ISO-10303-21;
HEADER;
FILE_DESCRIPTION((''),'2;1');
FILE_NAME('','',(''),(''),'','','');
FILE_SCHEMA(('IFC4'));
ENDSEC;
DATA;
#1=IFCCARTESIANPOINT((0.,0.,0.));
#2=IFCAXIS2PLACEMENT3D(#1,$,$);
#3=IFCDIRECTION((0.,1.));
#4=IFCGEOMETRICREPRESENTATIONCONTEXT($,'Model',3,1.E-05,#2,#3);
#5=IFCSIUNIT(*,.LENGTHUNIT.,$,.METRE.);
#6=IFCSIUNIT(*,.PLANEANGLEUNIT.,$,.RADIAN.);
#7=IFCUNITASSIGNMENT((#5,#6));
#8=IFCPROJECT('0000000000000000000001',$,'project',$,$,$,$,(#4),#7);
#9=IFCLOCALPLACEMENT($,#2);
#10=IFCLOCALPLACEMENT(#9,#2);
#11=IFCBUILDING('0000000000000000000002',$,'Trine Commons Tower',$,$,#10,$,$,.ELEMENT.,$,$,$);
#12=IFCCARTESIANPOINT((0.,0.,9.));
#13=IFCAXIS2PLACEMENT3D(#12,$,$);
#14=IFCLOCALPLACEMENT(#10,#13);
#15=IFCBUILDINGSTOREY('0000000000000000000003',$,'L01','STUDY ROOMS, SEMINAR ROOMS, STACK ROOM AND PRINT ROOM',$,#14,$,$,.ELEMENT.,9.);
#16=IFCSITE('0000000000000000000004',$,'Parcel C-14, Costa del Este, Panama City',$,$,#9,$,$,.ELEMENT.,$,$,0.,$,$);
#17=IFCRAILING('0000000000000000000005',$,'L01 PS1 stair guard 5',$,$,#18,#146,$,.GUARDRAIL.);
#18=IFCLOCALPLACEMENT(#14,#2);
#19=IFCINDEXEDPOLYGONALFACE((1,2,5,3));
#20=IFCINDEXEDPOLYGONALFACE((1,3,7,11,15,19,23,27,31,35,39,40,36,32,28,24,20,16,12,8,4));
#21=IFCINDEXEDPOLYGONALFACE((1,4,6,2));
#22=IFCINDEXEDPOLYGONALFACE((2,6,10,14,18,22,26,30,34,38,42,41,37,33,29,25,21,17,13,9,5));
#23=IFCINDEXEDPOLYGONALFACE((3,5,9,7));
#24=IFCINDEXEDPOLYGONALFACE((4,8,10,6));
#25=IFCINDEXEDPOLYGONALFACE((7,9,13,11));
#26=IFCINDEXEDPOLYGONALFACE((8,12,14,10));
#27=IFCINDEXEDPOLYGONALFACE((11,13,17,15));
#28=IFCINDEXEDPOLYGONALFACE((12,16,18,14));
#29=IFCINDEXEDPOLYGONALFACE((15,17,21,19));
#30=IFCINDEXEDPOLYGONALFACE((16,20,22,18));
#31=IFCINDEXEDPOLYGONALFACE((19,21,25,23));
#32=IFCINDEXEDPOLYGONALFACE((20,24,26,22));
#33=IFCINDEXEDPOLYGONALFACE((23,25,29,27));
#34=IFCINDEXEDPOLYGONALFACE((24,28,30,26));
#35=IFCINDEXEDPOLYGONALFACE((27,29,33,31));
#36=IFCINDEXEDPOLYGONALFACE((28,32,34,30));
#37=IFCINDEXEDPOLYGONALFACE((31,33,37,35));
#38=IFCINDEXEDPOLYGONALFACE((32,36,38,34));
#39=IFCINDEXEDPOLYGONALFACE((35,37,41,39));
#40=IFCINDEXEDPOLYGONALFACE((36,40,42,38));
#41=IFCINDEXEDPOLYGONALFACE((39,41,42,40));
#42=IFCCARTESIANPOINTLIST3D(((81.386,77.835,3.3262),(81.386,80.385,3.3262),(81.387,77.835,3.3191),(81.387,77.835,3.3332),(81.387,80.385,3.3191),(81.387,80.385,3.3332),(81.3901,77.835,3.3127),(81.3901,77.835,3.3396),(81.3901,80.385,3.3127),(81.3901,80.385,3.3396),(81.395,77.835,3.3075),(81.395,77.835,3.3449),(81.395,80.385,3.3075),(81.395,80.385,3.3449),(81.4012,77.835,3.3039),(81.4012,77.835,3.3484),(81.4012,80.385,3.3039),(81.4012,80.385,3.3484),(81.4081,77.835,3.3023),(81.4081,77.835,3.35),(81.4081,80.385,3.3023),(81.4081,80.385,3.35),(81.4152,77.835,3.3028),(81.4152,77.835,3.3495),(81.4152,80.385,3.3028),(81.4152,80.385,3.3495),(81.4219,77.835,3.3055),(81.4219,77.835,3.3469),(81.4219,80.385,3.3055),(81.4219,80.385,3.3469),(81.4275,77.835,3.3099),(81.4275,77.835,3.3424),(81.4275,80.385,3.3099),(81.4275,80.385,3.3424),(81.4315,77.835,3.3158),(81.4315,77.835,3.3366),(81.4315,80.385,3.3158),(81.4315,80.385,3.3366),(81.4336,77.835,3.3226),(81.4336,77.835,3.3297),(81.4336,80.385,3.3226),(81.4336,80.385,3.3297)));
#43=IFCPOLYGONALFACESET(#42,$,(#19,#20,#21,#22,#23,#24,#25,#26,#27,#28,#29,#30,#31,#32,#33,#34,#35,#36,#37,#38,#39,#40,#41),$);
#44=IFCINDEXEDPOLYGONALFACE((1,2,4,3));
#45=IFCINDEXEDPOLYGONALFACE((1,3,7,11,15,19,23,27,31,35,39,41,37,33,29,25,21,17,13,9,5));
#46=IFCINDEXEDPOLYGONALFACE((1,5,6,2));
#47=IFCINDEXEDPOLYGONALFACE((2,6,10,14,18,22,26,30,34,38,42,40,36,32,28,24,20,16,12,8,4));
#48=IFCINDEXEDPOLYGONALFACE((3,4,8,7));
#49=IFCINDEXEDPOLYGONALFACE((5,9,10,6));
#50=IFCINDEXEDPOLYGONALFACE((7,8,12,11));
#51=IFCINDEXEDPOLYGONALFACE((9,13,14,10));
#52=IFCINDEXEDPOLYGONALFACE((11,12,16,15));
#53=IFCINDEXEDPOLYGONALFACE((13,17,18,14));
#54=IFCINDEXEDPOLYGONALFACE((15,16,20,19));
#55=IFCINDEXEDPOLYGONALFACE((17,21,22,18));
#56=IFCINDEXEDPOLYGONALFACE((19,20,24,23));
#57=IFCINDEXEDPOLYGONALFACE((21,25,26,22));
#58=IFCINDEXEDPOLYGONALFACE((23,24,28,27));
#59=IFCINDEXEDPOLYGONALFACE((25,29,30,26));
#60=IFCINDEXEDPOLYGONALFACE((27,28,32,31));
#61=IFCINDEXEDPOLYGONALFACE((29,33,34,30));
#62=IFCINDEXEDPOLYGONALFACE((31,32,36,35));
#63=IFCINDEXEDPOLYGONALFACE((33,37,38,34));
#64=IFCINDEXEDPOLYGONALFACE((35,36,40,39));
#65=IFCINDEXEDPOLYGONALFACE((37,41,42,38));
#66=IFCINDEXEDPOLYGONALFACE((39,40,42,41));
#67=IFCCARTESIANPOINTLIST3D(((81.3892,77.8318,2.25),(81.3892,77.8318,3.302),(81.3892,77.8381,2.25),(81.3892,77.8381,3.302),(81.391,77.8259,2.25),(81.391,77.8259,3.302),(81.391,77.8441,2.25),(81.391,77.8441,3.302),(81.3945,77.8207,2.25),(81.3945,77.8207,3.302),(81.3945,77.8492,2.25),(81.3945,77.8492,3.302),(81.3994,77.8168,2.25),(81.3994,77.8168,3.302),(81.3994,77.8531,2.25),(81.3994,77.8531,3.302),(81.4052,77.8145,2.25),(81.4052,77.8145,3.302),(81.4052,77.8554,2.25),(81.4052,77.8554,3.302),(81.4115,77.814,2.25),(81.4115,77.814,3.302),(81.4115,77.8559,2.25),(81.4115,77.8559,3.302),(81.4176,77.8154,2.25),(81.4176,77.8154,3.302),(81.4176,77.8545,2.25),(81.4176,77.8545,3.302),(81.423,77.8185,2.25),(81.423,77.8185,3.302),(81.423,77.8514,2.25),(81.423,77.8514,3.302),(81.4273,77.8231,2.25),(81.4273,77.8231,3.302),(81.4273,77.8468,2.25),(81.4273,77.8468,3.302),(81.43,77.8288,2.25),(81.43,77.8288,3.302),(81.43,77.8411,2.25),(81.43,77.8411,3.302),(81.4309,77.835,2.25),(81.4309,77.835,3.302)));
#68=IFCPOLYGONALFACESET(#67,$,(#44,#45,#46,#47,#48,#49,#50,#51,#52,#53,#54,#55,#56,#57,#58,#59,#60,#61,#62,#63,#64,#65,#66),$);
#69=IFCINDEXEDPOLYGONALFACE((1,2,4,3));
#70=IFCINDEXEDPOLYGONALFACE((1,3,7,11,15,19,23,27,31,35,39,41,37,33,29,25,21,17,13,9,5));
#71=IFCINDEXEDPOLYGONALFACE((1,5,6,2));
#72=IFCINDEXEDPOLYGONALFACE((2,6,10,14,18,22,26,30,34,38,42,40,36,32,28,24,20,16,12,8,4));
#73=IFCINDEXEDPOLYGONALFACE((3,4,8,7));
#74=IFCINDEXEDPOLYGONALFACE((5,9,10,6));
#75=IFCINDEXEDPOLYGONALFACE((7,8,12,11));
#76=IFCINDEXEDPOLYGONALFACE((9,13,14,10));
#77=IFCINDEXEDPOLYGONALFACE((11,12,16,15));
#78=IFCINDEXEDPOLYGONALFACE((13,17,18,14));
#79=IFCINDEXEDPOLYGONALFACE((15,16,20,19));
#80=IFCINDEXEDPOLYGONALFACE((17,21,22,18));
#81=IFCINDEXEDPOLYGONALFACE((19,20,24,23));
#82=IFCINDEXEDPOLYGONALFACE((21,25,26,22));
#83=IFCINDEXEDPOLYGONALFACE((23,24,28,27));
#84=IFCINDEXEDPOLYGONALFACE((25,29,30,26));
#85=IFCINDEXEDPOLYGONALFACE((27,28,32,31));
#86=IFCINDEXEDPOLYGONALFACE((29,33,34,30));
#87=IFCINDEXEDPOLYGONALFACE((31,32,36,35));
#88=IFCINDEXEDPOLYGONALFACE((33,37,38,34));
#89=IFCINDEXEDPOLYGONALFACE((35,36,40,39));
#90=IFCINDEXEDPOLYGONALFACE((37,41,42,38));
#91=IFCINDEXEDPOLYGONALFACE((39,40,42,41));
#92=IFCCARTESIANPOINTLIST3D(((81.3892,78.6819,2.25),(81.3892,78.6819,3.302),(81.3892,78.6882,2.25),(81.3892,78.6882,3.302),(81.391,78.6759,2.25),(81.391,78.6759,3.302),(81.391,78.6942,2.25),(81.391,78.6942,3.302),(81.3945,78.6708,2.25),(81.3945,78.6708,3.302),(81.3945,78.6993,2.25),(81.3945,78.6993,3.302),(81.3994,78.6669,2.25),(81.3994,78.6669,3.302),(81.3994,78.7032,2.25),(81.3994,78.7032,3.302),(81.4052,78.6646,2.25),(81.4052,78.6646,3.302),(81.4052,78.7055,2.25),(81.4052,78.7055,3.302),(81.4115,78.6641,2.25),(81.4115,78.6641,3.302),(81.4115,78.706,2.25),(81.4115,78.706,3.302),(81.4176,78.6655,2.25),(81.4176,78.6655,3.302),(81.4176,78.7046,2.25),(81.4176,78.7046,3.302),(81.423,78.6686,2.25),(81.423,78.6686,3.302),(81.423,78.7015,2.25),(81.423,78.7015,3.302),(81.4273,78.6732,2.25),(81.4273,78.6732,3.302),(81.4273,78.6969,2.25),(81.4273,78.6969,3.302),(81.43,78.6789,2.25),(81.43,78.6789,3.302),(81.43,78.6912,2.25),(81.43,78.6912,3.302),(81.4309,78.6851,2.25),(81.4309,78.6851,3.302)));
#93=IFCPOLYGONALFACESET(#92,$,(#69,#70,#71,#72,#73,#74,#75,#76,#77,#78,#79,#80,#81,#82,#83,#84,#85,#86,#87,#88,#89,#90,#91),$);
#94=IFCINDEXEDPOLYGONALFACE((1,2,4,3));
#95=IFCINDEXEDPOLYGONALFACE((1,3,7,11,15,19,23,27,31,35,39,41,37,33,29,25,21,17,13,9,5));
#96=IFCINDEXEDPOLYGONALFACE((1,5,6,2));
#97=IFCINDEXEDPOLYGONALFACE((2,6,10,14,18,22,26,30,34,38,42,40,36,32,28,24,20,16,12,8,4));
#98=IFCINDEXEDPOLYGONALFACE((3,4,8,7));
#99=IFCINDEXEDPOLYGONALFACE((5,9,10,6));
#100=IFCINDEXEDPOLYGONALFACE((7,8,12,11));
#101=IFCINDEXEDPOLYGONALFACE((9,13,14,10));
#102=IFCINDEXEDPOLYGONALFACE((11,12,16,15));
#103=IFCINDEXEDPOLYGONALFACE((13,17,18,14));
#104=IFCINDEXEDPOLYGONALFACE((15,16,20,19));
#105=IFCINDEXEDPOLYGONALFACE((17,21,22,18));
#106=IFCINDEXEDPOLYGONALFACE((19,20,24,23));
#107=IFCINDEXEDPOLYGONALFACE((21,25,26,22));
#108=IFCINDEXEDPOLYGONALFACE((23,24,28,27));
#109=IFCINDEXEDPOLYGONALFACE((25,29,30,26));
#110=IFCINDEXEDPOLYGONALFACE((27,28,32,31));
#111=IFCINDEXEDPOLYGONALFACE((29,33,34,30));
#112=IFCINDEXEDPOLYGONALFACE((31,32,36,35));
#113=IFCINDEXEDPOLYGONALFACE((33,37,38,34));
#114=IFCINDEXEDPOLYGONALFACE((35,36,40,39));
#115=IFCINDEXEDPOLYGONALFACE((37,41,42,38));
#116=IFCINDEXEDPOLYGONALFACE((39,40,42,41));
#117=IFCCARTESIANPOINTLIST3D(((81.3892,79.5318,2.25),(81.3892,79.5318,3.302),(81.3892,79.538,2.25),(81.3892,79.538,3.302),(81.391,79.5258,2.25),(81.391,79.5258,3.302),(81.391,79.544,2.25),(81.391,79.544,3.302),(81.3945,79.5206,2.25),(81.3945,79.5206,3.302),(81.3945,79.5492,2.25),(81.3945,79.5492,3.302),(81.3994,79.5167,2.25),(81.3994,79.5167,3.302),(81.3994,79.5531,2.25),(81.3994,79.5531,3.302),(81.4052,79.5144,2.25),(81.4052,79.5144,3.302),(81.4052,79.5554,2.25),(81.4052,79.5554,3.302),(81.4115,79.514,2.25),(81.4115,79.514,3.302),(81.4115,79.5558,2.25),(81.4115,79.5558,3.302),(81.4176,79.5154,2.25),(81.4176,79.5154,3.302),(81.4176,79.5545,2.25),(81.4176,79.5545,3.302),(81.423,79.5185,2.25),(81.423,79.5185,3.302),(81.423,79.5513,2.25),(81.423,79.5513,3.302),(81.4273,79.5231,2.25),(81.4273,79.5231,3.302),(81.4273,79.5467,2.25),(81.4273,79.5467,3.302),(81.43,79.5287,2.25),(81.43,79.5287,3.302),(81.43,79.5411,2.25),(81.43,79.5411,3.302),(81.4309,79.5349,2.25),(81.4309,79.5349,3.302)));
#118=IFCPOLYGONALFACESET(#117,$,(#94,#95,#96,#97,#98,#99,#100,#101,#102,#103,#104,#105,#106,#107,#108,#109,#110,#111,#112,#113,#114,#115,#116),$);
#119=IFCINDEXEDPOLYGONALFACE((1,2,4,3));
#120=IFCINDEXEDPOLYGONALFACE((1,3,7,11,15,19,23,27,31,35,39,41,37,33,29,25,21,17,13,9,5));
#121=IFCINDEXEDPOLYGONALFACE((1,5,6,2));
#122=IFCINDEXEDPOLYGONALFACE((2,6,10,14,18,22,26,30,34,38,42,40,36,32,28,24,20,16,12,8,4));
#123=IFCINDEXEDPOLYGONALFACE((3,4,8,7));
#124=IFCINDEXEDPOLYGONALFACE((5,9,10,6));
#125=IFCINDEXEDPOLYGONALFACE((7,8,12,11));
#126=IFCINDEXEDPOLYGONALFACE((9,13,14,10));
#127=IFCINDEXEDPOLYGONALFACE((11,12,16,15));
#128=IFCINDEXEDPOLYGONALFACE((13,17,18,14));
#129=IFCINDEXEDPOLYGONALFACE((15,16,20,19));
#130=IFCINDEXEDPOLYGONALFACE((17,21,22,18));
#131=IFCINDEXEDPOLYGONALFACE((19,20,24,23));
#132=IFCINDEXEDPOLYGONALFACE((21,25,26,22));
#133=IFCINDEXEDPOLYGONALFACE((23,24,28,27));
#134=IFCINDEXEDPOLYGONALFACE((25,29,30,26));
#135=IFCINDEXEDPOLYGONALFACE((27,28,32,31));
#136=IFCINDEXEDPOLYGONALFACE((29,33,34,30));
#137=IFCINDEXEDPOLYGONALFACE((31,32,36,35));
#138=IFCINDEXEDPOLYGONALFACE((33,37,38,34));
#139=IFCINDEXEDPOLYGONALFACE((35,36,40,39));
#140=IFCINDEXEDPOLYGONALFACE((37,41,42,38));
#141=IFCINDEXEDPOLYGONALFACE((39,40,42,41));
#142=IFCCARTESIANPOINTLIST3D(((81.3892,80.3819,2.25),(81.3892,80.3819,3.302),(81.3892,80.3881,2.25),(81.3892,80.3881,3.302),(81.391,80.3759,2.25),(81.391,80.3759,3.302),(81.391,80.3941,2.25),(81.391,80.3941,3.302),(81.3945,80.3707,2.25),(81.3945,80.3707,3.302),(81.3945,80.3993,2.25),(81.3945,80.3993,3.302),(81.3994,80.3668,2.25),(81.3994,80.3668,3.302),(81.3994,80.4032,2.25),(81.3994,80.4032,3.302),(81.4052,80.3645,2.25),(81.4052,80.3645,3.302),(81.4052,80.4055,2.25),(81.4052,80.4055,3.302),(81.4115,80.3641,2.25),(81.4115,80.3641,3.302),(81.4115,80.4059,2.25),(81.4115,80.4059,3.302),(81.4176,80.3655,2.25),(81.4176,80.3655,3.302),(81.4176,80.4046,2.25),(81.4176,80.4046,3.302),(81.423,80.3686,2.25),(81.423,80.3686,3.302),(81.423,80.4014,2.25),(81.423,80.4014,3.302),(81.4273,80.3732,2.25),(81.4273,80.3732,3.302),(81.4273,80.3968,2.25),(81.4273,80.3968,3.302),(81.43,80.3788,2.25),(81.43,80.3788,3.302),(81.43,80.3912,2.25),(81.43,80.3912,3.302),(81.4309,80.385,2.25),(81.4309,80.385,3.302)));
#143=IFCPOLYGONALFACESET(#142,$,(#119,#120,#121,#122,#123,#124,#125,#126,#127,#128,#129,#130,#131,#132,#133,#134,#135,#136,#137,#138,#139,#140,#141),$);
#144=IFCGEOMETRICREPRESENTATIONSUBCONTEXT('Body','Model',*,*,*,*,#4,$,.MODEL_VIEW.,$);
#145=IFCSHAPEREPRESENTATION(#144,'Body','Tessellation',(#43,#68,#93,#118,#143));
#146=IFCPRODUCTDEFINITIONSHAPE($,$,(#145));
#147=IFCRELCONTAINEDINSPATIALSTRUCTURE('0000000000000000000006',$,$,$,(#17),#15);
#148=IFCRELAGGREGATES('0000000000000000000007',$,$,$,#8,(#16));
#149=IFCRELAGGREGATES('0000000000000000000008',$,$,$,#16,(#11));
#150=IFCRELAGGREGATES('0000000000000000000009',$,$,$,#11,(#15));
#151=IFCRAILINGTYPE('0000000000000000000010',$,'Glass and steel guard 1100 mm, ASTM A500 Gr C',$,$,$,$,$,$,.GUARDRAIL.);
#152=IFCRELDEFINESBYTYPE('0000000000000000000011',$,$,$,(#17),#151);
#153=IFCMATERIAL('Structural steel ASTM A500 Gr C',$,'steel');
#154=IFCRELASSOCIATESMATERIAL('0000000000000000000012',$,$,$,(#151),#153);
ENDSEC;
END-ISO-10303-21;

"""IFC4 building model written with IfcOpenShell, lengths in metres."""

from ifc_helpers import new_model, si_unit, direction, frame, origin, origin_2d, place, context, subcontext, project, spatial, circle, extrude, material, type_object, element, save


model = new_model("IFC4")

# Units and contexts
model_context = context("Model", 3, precision=1e-05, world=origin(), true_north=direction((0.0, 1.0)))
body_context = subcontext(model_context, "Body", "Model", "MODEL_VIEW")
ifc_project = project(units=[si_unit("LENGTHUNIT", "METRE"), si_unit("PLANEANGLEUNIT", "RADIAN")], contexts=[model_context])

# Site, building, storey
site_placement = place(None, origin())
site = spatial("IfcSite", under=ifc_project, at=site_placement, Name="Parcel C-14, Costa del Este, Panama City", CompositionType="ELEMENT", RefElevation=0.0)
building_placement = place(site_placement, origin())
building = spatial("IfcBuilding", under=site, at=building_placement, Name="Trine Commons Tower", CompositionType="ELEMENT")
storey_placement = place(building_placement, frame((0.0, 0.0, 9.0)))
storey = spatial("IfcBuildingStorey", under=building, at=storey_placement, Name="L01", Description="STUDY ROOMS, SEMINAR ROOMS, STACK ROOM AND PRINT ROOM", CompositionType="ELEMENT", Elevation=9.0)

# Railing
ifc_material_1 = material(Name="Structural steel ASTM A500 Gr C", Category="steel")
railing_type_1 = type_object("IfcRailingType", Name="Glass and steel guard 1100 mm, ASTM A500 Gr C", PredefinedType="GUARDRAIL", material=ifc_material_1)
railing_1_placement = place(storey_placement, frame((81.4099, 77.835, 2.25)))
element("IfcRailing", 1, at=railing_1_placement, inside=storey, type_object=railing_type_1, Name="L01 PS1 stair guard 5", PredefinedType="GUARDRAIL", context=body_context, shape_type="SweptSolid", body=[
    extrude(circle(Radius=0.0239, at=origin_2d()), frame((0.0, 0.0, 1.0762), z_axis=(0.0, 1.0, 0.0), x_axis=(-1.0, 0.0, 0.0)), (0.0, 0.0, 1.0), 2.55),
    extrude(circle(Radius=0.021, at=origin_2d()), origin(), (0.0, 0.0, 1.0), 1.052),
    extrude(circle(Radius=0.021, at=origin_2d()), frame((0.0, 0.8501, 0.0)), (0.0, 0.0, 1.0), 1.052),
    extrude(circle(Radius=0.021, at=origin_2d()), frame((0.0, 1.7, 0.0)), (0.0, 0.0, 1.0), 1.052),
    extrude(circle(Radius=0.021, at=origin_2d()), frame((0.0, 2.55, 0.0)), (0.0, 0.0, 1.0), 1.052),
])

save(model, "model.ifc")
